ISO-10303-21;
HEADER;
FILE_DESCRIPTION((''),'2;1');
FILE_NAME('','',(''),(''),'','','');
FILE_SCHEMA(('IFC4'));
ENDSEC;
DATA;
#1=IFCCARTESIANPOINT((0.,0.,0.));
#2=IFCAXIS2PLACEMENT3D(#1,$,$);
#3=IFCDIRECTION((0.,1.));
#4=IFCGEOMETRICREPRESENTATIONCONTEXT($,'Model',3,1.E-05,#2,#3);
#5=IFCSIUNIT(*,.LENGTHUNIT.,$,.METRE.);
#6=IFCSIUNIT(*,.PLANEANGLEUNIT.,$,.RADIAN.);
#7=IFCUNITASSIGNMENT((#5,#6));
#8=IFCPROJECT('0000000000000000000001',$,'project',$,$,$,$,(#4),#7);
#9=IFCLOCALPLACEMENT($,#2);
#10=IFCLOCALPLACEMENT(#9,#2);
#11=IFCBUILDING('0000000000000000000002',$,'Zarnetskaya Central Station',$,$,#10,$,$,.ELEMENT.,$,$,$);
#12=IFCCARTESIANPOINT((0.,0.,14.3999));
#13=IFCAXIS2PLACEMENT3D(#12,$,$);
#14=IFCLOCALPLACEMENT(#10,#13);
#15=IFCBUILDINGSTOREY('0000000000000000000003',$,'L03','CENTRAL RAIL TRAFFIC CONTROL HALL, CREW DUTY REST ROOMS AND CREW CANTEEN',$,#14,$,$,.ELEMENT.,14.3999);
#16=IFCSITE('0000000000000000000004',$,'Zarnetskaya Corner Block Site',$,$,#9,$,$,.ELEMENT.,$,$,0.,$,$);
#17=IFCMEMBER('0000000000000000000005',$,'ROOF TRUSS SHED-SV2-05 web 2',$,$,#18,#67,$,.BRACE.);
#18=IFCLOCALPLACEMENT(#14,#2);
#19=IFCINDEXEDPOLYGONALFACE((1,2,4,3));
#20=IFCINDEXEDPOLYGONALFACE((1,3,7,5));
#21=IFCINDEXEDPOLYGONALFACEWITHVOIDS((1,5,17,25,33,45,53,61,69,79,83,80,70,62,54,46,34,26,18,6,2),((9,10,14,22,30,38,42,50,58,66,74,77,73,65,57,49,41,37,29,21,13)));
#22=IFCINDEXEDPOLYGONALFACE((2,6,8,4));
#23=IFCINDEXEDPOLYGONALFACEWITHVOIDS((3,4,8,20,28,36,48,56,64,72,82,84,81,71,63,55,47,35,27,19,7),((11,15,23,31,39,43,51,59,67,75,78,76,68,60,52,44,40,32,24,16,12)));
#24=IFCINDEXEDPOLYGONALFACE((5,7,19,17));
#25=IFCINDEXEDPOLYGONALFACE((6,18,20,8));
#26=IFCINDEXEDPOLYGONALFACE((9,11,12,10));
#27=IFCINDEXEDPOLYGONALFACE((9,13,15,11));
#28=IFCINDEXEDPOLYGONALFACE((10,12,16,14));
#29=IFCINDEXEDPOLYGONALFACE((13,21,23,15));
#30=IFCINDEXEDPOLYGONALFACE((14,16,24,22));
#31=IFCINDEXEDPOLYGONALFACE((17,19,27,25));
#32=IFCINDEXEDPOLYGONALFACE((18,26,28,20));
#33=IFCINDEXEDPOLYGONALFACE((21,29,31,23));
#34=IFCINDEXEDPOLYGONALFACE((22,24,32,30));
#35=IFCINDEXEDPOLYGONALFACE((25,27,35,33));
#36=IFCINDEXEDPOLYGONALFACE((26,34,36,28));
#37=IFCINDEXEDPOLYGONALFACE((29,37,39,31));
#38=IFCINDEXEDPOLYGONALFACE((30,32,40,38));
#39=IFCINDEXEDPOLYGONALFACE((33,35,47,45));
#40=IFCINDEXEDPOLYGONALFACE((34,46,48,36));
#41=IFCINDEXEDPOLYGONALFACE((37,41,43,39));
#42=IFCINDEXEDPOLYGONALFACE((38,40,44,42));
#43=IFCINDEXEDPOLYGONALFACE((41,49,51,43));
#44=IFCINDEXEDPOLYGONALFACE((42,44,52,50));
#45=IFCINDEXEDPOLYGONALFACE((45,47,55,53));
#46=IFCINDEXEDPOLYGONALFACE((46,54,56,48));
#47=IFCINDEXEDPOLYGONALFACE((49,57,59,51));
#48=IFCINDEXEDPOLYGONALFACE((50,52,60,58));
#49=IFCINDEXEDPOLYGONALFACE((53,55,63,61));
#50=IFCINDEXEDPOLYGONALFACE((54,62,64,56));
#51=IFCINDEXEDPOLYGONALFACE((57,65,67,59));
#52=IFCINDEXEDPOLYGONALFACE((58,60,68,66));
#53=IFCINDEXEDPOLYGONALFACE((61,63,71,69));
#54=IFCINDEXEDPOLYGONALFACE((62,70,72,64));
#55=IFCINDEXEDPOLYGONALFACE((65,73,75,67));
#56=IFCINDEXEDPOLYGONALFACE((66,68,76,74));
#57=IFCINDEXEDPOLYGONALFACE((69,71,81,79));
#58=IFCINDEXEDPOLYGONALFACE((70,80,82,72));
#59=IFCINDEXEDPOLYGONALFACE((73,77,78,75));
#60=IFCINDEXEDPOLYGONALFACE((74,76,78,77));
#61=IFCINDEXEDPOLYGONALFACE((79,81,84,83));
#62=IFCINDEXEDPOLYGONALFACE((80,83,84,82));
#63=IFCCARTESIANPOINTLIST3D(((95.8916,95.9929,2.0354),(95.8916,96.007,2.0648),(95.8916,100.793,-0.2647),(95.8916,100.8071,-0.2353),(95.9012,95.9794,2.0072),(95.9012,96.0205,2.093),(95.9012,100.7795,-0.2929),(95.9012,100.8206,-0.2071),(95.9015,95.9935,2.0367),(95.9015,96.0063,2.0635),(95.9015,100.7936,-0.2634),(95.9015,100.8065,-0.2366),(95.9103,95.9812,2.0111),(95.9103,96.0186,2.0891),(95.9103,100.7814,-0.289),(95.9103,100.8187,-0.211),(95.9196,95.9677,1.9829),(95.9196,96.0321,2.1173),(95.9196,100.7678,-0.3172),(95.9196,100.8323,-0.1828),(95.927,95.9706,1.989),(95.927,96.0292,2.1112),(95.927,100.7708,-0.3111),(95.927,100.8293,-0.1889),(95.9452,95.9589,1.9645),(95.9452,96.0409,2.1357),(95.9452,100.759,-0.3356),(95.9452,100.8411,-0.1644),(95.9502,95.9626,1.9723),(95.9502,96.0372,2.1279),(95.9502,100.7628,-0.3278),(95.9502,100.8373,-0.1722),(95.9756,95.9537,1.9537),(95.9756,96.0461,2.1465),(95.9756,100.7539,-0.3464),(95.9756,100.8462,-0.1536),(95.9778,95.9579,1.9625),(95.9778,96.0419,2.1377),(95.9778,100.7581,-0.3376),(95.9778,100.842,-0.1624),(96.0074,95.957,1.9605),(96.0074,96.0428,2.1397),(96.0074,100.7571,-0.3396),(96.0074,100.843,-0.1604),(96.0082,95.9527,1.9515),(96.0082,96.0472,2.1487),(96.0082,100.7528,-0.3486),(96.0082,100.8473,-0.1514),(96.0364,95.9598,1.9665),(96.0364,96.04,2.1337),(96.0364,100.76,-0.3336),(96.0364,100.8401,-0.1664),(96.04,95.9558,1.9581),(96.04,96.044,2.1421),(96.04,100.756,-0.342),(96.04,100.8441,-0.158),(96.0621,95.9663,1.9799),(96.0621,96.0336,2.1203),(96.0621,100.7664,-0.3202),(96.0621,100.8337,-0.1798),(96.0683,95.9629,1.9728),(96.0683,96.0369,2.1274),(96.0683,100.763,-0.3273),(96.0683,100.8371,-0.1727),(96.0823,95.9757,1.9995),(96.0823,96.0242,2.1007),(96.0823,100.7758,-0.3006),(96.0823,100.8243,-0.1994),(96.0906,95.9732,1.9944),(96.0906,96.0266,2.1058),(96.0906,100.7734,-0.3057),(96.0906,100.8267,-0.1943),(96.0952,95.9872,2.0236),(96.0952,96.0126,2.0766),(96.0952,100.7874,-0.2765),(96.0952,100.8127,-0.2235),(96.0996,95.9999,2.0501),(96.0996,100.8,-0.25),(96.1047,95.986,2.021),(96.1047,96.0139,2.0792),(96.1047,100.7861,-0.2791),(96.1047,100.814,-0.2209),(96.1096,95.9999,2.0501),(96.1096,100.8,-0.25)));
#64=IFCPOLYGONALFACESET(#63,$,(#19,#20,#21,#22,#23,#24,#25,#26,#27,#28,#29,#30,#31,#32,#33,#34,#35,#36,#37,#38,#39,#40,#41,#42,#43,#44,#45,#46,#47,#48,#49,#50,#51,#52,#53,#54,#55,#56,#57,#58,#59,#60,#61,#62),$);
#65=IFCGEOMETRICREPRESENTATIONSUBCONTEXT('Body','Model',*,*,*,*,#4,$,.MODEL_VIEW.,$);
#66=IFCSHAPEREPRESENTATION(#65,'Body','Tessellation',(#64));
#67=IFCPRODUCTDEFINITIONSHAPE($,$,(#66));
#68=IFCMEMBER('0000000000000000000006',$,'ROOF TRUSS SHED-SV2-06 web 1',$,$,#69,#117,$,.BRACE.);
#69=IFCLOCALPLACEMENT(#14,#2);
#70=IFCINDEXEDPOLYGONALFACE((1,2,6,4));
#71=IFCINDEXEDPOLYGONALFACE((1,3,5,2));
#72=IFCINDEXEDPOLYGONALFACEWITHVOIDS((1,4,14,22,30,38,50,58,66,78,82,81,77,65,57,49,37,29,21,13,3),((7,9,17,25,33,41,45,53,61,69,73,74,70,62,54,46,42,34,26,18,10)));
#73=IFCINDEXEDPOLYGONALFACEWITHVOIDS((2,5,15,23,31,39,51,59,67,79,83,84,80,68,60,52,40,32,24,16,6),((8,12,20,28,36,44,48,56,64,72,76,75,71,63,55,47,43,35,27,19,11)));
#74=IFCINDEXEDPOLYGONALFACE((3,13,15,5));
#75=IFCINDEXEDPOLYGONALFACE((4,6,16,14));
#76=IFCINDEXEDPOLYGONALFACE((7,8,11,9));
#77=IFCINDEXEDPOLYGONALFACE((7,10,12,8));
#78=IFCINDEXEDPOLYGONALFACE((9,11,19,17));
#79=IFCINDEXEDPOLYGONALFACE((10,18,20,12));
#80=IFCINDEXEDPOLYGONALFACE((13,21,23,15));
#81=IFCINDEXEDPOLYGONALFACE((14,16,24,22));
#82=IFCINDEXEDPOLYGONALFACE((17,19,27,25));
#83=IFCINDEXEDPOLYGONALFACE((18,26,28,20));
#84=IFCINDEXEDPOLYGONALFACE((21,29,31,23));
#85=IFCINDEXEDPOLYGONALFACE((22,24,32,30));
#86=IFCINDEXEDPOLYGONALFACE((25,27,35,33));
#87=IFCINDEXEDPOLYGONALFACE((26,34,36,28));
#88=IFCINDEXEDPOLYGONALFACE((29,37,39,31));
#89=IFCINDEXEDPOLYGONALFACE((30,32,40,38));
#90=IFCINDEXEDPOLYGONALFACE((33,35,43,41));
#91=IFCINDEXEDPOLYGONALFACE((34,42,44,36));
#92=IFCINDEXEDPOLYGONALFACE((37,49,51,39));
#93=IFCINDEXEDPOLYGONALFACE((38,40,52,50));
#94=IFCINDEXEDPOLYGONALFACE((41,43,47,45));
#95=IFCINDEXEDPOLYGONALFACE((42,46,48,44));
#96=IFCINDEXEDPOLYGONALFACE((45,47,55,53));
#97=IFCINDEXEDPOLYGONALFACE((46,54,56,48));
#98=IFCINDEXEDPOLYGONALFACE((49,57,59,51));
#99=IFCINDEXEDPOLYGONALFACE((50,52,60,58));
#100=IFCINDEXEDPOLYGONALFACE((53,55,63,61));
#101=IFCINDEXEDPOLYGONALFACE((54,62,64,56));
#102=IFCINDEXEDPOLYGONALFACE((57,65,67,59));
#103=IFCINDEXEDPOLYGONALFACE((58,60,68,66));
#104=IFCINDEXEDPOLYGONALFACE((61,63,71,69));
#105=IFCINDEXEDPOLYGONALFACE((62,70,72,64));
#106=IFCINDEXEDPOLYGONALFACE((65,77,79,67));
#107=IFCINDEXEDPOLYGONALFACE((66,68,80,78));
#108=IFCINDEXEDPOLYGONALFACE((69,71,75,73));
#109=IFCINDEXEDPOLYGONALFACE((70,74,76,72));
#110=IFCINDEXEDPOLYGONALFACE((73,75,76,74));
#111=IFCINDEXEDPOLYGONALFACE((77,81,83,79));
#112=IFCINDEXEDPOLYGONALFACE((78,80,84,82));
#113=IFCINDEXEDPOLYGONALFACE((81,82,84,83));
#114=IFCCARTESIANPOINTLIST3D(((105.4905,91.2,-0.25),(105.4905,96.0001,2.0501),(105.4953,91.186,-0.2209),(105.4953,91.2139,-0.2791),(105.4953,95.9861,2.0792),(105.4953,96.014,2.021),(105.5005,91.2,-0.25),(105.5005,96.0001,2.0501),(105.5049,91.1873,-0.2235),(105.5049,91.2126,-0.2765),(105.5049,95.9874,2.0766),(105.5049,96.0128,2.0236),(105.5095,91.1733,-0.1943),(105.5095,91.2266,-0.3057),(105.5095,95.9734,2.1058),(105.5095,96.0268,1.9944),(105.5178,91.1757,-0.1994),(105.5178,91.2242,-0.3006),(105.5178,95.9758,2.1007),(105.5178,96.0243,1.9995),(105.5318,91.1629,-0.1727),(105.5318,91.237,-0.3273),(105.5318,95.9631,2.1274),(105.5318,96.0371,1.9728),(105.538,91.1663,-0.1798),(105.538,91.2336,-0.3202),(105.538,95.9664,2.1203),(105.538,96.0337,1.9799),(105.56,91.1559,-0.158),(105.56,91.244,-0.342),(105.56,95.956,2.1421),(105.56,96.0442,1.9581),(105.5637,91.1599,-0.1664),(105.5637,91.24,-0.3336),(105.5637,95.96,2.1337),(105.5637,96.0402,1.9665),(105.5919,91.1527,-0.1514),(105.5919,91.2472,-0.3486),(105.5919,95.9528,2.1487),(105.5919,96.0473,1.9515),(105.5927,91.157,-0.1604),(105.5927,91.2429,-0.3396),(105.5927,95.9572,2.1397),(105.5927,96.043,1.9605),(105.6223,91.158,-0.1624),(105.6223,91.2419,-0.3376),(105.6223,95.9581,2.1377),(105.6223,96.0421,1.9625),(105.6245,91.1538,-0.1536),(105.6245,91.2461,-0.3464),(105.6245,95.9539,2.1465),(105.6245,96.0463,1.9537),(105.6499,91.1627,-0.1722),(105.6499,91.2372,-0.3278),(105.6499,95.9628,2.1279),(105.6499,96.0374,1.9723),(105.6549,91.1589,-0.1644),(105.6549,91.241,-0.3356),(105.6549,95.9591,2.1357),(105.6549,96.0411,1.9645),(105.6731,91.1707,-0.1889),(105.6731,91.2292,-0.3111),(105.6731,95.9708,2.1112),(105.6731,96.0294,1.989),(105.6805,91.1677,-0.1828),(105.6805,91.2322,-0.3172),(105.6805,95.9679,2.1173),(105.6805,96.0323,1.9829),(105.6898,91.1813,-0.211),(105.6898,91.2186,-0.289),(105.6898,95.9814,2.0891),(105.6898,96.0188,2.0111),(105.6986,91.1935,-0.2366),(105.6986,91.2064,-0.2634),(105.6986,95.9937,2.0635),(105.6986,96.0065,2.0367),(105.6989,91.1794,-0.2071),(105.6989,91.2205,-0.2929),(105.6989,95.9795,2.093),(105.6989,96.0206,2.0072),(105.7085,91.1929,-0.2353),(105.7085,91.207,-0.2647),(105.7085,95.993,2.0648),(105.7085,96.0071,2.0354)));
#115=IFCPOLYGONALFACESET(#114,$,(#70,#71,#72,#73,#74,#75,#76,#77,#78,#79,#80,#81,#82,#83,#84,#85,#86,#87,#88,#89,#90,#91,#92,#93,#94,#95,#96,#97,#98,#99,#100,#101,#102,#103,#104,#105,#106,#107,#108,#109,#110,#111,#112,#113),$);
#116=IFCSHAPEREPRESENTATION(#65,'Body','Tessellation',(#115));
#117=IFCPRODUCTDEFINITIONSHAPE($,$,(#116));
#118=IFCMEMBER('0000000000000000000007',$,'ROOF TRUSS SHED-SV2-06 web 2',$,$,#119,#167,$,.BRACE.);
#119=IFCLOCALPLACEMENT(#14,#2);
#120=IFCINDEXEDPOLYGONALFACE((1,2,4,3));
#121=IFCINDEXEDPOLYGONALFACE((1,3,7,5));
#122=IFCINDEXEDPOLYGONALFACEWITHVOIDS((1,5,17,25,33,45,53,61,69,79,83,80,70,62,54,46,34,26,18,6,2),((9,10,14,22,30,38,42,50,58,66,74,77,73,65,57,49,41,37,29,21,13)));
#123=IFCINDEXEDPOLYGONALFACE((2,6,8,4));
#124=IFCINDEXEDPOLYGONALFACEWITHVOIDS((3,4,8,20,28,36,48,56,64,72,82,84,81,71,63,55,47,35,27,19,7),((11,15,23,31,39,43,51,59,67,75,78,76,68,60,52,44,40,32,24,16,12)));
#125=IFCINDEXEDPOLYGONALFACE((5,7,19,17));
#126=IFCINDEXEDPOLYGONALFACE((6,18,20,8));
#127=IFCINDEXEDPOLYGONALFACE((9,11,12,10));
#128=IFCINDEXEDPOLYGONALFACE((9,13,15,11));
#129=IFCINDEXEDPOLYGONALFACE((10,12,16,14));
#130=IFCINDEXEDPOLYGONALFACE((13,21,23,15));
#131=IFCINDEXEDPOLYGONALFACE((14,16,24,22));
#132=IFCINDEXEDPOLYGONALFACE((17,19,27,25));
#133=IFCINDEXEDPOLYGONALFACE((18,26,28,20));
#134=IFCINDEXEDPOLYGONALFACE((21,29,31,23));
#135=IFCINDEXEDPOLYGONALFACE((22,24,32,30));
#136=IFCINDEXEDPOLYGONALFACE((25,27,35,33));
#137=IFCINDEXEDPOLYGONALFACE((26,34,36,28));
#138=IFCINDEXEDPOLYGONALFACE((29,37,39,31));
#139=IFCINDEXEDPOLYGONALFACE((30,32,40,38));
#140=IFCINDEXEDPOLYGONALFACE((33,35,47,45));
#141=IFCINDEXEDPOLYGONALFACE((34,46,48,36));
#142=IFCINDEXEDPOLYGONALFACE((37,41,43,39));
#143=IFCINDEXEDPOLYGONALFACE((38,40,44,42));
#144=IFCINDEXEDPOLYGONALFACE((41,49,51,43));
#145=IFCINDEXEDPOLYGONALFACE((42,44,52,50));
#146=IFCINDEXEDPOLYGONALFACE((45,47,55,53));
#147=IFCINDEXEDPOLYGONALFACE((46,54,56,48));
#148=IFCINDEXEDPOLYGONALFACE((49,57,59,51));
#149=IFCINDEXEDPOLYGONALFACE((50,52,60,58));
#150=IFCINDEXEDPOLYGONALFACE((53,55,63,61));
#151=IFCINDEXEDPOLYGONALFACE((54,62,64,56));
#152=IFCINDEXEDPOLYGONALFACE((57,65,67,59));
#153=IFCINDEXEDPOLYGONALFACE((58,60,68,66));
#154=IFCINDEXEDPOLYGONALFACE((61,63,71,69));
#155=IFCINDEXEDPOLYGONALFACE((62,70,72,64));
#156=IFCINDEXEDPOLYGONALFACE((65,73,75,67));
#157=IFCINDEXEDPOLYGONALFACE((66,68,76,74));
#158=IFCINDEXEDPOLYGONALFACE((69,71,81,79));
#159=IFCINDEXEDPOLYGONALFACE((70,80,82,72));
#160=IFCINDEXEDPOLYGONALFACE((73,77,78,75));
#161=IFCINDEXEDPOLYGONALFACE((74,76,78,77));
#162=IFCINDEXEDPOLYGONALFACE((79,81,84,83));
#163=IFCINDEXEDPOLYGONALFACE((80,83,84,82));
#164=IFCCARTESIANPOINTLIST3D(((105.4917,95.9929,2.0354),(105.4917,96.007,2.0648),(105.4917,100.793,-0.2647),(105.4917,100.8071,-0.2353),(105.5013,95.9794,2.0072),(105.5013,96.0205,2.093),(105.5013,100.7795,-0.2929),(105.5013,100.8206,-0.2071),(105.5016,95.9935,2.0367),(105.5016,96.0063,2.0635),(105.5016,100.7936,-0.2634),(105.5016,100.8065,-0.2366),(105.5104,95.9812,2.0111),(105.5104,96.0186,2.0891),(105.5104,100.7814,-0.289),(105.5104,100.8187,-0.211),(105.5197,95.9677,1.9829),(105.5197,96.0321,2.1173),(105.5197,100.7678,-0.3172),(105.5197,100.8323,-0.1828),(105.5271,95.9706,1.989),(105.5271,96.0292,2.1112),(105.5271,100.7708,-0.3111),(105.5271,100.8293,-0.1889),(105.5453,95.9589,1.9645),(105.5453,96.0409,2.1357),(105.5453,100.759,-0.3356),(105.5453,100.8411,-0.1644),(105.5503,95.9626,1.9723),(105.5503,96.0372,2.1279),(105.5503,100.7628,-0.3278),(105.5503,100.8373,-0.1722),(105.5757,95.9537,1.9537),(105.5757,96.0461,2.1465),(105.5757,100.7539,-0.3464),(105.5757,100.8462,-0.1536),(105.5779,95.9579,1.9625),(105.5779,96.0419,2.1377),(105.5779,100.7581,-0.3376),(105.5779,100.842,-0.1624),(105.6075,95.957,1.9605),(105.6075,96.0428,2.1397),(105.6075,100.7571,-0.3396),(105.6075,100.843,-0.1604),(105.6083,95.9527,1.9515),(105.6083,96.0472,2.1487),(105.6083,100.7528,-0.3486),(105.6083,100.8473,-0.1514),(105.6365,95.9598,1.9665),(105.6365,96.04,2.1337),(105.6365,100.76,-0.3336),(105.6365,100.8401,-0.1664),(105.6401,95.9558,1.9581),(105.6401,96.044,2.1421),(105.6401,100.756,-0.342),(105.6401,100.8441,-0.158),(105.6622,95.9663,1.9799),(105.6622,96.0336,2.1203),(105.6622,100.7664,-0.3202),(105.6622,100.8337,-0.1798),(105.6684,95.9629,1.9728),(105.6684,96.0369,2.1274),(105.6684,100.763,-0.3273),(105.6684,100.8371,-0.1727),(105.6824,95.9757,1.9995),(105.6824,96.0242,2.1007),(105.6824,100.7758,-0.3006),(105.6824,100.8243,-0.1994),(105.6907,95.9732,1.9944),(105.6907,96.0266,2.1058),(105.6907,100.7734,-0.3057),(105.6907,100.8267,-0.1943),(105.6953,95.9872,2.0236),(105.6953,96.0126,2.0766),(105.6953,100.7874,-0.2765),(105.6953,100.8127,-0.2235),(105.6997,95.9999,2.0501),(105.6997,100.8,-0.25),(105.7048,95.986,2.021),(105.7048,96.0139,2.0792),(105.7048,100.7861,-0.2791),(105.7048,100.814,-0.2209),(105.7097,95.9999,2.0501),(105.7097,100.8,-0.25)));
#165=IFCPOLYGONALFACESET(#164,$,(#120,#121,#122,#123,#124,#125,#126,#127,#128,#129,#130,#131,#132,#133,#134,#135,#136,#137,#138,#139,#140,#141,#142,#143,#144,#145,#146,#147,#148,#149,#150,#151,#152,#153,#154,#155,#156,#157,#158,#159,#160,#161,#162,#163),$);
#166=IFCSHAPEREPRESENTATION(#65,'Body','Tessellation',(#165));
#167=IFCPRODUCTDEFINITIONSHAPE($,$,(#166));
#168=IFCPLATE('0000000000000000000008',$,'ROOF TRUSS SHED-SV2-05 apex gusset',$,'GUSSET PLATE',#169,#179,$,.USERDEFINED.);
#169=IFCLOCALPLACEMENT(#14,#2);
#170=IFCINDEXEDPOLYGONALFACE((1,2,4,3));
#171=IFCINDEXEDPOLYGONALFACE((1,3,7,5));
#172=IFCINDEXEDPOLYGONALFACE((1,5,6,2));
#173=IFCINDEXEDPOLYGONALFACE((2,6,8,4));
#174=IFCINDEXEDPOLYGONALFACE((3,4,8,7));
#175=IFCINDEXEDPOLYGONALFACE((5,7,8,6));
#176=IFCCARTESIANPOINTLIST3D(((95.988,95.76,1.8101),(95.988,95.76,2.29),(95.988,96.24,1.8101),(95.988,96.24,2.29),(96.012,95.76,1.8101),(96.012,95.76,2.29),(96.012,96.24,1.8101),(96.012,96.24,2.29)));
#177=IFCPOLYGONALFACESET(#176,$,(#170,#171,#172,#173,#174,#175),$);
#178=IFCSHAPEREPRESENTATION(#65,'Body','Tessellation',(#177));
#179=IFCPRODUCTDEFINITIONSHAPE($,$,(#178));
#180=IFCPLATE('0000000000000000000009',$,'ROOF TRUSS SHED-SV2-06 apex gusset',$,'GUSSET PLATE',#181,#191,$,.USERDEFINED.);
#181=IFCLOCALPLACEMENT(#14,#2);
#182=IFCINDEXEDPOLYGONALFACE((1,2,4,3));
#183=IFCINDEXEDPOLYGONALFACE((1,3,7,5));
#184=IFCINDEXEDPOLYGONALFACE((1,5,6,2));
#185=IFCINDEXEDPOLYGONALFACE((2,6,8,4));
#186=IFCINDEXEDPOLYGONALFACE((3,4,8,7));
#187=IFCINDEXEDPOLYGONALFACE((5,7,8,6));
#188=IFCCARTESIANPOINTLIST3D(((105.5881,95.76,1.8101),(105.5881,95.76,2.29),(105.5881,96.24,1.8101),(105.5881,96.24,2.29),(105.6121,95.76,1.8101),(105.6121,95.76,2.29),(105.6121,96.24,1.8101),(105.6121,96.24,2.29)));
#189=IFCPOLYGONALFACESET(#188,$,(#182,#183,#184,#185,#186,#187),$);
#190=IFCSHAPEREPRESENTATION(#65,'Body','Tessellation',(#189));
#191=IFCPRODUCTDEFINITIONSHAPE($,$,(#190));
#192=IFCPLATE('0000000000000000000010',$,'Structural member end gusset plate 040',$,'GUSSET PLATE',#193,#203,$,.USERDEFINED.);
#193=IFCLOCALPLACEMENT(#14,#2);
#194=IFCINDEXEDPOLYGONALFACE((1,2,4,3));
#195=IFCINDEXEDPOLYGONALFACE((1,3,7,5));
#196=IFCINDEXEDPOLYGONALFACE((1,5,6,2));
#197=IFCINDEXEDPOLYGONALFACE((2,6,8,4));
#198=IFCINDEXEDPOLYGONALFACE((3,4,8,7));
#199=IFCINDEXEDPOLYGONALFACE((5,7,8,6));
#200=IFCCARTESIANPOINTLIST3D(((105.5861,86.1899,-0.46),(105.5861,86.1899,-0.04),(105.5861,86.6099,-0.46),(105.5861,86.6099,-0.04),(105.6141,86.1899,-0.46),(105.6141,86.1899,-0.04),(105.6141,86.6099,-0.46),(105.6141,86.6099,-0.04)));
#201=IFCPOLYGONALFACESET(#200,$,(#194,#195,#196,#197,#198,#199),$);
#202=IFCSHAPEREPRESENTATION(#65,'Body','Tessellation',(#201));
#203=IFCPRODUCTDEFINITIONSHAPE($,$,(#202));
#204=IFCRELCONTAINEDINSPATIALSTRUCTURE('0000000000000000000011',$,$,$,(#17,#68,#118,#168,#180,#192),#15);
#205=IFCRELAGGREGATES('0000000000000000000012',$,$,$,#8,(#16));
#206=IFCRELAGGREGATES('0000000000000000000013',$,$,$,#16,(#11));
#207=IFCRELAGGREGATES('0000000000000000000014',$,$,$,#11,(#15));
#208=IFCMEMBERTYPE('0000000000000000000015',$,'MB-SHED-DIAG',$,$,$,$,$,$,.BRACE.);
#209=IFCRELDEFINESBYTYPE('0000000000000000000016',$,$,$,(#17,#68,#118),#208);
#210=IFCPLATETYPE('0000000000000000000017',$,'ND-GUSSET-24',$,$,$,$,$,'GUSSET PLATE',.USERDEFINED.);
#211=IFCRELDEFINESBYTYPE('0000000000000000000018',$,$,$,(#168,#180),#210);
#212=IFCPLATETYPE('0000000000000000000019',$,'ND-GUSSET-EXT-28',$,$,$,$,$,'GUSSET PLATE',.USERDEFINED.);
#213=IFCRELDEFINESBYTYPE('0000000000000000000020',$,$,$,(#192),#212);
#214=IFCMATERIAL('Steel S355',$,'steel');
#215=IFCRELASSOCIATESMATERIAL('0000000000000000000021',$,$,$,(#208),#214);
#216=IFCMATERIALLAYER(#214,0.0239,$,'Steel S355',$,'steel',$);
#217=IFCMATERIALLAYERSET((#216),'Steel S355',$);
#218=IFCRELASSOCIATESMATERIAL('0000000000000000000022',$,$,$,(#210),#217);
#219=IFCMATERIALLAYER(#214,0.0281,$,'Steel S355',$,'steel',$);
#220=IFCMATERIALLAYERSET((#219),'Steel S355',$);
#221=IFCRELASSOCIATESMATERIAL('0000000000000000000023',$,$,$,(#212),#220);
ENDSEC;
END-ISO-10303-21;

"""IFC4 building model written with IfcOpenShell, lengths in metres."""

from ifc_helpers import new_model, si_unit, direction, frame, origin, origin_2d, place, context, subcontext, project, spatial, rectangle, hollow_circle, extrude, material, layer, layer_set, material_profile, profile_set, type_object, element, save


model = new_model("IFC4")

# Units and contexts
model_context = context("Model", 3, precision=1e-05, world=origin(), true_north=direction((0.0, 1.0)))
body_context = subcontext(model_context, "Body", "Model", "MODEL_VIEW")
ifc_project = project(units=[si_unit("LENGTHUNIT", "METRE"), si_unit("PLANEANGLEUNIT", "RADIAN")], contexts=[model_context])

# Site, building, storey
site_placement = place(None, origin())
site = spatial("IfcSite", under=ifc_project, at=site_placement, Name="Zarnetskaya Corner Block Site", CompositionType="ELEMENT", RefElevation=0.0)
building_placement = place(site_placement, origin())
building = spatial("IfcBuilding", under=site, at=building_placement, Name="Zarnetskaya Central Station", CompositionType="ELEMENT")
storey_placement = place(building_placement, frame((0.0, 0.0, 14.3999)))
storey = spatial("IfcBuildingStorey", under=building, at=storey_placement, Name="L03", Description="CENTRAL RAIL TRAFFIC CONTROL HALL, CREW DUTY REST ROOMS AND CREW CANTEEN", CompositionType="ELEMENT", Elevation=14.3999)

# Shared definitions
ifc_material_1 = material(Name="Steel S355", Category="steel")

# Members
ifc_material_profile_1 = material_profile(ifc_material_1, hollow_circle(Radius=0.1096, WallThickness=0.01, at=origin_2d()), Name="CHS 219.1x10")
ifc_profile_set_1 = profile_set([ifc_material_profile_1], Name="Steel S355")
member_type_1 = type_object("IfcMemberType", Name="MB-SHED-DIAG", PredefinedType="BRACE", material=ifc_profile_set_1)
for number, where, z_axis, x_axis, name in (
    (1, (96.0, 100.8, -0.25), (0.0, -0.901814, 0.432124), (1.0, 0.0, 0.0), "ROOF TRUSS SHED-SV2-05 web 2"),
    (2, (105.6001, 91.2, -0.25), (0.0, 0.901814, 0.432124), (-1.0, 0.0, 0.0), "ROOF TRUSS SHED-SV2-06 web 1"),
    (3, (105.6001, 100.8, -0.25), (0.0, -0.901814, 0.432124), (1.0, 0.0, 0.0), "ROOF TRUSS SHED-SV2-06 web 2"),
):
    element("IfcMember", number, at=place(storey_placement, frame(where, z_axis=z_axis, x_axis=x_axis)), inside=storey, type_object=member_type_1, Name=name, PredefinedType="BRACE", context=body_context, shape_type="SweptSolid", body=[
        extrude(hollow_circle(Radius=0.1096, WallThickness=0.01, at=origin_2d()), origin(), (0.0, 0.0, 1.0), 5.3228),
    ])

# Plates
ifc_layer_1 = layer(ifc_material_1, 0.0239, Name="Steel S355", Category="steel")
ifc_layer_set_1 = layer_set([ifc_layer_1], Name="Steel S355")
plate_type_1 = type_object("IfcPlateType", Name="ND-GUSSET-24", ElementType="GUSSET PLATE", PredefinedType="USERDEFINED", material=ifc_layer_set_1)
for number, where, z_axis, x_axis, name in (
    (4, (96.0, 96.0, 1.8101), (0.0, 0.0, 1.0), (1.0, 0.0, 0.0), "ROOF TRUSS SHED-SV2-05 apex gusset"),
    (5, (105.6001, 96.0, 1.8101), (0.0, 0.0, 1.0), (1.0, 0.0, 0.0), "ROOF TRUSS SHED-SV2-06 apex gusset"),
):
    element("IfcPlate", number, at=place(storey_placement, frame(where, z_axis=z_axis, x_axis=x_axis)), inside=storey, type_object=plate_type_1, Name=name, ObjectType="GUSSET PLATE", PredefinedType="USERDEFINED", context=body_context, shape_type="SweptSolid", body=[
        extrude(rectangle(XDim=0.0239, YDim=0.48, at=origin_2d()), origin(), (0.0, 0.0, 1.0), 0.48),
    ])
ifc_layer_2 = layer(ifc_material_1, 0.0281, Name="Steel S355", Category="steel")
ifc_layer_set_2 = layer_set([ifc_layer_2], Name="Steel S355")
plate_type_2 = type_object("IfcPlateType", Name="ND-GUSSET-EXT-28", ElementType="GUSSET PLATE", PredefinedType="USERDEFINED", material=ifc_layer_set_2)
for number, where, z_axis, x_axis, name in (
    (6, (105.6001, 86.3999, -0.46), (0.0, 0.0, 1.0), (1.0, 0.0, 0.0), "Structural member end gusset plate 040"),
):
    element("IfcPlate", number, at=place(storey_placement, frame(where, z_axis=z_axis, x_axis=x_axis)), inside=storey, type_object=plate_type_2, Name=name, ObjectType="GUSSET PLATE", PredefinedType="USERDEFINED", context=body_context, shape_type="SweptSolid", body=[
        extrude(rectangle(XDim=0.0281, YDim=0.4199, at=origin_2d()), origin(), (0.0, 0.0, 1.0), 0.4199),
    ])

save(model, "model.ifc")
